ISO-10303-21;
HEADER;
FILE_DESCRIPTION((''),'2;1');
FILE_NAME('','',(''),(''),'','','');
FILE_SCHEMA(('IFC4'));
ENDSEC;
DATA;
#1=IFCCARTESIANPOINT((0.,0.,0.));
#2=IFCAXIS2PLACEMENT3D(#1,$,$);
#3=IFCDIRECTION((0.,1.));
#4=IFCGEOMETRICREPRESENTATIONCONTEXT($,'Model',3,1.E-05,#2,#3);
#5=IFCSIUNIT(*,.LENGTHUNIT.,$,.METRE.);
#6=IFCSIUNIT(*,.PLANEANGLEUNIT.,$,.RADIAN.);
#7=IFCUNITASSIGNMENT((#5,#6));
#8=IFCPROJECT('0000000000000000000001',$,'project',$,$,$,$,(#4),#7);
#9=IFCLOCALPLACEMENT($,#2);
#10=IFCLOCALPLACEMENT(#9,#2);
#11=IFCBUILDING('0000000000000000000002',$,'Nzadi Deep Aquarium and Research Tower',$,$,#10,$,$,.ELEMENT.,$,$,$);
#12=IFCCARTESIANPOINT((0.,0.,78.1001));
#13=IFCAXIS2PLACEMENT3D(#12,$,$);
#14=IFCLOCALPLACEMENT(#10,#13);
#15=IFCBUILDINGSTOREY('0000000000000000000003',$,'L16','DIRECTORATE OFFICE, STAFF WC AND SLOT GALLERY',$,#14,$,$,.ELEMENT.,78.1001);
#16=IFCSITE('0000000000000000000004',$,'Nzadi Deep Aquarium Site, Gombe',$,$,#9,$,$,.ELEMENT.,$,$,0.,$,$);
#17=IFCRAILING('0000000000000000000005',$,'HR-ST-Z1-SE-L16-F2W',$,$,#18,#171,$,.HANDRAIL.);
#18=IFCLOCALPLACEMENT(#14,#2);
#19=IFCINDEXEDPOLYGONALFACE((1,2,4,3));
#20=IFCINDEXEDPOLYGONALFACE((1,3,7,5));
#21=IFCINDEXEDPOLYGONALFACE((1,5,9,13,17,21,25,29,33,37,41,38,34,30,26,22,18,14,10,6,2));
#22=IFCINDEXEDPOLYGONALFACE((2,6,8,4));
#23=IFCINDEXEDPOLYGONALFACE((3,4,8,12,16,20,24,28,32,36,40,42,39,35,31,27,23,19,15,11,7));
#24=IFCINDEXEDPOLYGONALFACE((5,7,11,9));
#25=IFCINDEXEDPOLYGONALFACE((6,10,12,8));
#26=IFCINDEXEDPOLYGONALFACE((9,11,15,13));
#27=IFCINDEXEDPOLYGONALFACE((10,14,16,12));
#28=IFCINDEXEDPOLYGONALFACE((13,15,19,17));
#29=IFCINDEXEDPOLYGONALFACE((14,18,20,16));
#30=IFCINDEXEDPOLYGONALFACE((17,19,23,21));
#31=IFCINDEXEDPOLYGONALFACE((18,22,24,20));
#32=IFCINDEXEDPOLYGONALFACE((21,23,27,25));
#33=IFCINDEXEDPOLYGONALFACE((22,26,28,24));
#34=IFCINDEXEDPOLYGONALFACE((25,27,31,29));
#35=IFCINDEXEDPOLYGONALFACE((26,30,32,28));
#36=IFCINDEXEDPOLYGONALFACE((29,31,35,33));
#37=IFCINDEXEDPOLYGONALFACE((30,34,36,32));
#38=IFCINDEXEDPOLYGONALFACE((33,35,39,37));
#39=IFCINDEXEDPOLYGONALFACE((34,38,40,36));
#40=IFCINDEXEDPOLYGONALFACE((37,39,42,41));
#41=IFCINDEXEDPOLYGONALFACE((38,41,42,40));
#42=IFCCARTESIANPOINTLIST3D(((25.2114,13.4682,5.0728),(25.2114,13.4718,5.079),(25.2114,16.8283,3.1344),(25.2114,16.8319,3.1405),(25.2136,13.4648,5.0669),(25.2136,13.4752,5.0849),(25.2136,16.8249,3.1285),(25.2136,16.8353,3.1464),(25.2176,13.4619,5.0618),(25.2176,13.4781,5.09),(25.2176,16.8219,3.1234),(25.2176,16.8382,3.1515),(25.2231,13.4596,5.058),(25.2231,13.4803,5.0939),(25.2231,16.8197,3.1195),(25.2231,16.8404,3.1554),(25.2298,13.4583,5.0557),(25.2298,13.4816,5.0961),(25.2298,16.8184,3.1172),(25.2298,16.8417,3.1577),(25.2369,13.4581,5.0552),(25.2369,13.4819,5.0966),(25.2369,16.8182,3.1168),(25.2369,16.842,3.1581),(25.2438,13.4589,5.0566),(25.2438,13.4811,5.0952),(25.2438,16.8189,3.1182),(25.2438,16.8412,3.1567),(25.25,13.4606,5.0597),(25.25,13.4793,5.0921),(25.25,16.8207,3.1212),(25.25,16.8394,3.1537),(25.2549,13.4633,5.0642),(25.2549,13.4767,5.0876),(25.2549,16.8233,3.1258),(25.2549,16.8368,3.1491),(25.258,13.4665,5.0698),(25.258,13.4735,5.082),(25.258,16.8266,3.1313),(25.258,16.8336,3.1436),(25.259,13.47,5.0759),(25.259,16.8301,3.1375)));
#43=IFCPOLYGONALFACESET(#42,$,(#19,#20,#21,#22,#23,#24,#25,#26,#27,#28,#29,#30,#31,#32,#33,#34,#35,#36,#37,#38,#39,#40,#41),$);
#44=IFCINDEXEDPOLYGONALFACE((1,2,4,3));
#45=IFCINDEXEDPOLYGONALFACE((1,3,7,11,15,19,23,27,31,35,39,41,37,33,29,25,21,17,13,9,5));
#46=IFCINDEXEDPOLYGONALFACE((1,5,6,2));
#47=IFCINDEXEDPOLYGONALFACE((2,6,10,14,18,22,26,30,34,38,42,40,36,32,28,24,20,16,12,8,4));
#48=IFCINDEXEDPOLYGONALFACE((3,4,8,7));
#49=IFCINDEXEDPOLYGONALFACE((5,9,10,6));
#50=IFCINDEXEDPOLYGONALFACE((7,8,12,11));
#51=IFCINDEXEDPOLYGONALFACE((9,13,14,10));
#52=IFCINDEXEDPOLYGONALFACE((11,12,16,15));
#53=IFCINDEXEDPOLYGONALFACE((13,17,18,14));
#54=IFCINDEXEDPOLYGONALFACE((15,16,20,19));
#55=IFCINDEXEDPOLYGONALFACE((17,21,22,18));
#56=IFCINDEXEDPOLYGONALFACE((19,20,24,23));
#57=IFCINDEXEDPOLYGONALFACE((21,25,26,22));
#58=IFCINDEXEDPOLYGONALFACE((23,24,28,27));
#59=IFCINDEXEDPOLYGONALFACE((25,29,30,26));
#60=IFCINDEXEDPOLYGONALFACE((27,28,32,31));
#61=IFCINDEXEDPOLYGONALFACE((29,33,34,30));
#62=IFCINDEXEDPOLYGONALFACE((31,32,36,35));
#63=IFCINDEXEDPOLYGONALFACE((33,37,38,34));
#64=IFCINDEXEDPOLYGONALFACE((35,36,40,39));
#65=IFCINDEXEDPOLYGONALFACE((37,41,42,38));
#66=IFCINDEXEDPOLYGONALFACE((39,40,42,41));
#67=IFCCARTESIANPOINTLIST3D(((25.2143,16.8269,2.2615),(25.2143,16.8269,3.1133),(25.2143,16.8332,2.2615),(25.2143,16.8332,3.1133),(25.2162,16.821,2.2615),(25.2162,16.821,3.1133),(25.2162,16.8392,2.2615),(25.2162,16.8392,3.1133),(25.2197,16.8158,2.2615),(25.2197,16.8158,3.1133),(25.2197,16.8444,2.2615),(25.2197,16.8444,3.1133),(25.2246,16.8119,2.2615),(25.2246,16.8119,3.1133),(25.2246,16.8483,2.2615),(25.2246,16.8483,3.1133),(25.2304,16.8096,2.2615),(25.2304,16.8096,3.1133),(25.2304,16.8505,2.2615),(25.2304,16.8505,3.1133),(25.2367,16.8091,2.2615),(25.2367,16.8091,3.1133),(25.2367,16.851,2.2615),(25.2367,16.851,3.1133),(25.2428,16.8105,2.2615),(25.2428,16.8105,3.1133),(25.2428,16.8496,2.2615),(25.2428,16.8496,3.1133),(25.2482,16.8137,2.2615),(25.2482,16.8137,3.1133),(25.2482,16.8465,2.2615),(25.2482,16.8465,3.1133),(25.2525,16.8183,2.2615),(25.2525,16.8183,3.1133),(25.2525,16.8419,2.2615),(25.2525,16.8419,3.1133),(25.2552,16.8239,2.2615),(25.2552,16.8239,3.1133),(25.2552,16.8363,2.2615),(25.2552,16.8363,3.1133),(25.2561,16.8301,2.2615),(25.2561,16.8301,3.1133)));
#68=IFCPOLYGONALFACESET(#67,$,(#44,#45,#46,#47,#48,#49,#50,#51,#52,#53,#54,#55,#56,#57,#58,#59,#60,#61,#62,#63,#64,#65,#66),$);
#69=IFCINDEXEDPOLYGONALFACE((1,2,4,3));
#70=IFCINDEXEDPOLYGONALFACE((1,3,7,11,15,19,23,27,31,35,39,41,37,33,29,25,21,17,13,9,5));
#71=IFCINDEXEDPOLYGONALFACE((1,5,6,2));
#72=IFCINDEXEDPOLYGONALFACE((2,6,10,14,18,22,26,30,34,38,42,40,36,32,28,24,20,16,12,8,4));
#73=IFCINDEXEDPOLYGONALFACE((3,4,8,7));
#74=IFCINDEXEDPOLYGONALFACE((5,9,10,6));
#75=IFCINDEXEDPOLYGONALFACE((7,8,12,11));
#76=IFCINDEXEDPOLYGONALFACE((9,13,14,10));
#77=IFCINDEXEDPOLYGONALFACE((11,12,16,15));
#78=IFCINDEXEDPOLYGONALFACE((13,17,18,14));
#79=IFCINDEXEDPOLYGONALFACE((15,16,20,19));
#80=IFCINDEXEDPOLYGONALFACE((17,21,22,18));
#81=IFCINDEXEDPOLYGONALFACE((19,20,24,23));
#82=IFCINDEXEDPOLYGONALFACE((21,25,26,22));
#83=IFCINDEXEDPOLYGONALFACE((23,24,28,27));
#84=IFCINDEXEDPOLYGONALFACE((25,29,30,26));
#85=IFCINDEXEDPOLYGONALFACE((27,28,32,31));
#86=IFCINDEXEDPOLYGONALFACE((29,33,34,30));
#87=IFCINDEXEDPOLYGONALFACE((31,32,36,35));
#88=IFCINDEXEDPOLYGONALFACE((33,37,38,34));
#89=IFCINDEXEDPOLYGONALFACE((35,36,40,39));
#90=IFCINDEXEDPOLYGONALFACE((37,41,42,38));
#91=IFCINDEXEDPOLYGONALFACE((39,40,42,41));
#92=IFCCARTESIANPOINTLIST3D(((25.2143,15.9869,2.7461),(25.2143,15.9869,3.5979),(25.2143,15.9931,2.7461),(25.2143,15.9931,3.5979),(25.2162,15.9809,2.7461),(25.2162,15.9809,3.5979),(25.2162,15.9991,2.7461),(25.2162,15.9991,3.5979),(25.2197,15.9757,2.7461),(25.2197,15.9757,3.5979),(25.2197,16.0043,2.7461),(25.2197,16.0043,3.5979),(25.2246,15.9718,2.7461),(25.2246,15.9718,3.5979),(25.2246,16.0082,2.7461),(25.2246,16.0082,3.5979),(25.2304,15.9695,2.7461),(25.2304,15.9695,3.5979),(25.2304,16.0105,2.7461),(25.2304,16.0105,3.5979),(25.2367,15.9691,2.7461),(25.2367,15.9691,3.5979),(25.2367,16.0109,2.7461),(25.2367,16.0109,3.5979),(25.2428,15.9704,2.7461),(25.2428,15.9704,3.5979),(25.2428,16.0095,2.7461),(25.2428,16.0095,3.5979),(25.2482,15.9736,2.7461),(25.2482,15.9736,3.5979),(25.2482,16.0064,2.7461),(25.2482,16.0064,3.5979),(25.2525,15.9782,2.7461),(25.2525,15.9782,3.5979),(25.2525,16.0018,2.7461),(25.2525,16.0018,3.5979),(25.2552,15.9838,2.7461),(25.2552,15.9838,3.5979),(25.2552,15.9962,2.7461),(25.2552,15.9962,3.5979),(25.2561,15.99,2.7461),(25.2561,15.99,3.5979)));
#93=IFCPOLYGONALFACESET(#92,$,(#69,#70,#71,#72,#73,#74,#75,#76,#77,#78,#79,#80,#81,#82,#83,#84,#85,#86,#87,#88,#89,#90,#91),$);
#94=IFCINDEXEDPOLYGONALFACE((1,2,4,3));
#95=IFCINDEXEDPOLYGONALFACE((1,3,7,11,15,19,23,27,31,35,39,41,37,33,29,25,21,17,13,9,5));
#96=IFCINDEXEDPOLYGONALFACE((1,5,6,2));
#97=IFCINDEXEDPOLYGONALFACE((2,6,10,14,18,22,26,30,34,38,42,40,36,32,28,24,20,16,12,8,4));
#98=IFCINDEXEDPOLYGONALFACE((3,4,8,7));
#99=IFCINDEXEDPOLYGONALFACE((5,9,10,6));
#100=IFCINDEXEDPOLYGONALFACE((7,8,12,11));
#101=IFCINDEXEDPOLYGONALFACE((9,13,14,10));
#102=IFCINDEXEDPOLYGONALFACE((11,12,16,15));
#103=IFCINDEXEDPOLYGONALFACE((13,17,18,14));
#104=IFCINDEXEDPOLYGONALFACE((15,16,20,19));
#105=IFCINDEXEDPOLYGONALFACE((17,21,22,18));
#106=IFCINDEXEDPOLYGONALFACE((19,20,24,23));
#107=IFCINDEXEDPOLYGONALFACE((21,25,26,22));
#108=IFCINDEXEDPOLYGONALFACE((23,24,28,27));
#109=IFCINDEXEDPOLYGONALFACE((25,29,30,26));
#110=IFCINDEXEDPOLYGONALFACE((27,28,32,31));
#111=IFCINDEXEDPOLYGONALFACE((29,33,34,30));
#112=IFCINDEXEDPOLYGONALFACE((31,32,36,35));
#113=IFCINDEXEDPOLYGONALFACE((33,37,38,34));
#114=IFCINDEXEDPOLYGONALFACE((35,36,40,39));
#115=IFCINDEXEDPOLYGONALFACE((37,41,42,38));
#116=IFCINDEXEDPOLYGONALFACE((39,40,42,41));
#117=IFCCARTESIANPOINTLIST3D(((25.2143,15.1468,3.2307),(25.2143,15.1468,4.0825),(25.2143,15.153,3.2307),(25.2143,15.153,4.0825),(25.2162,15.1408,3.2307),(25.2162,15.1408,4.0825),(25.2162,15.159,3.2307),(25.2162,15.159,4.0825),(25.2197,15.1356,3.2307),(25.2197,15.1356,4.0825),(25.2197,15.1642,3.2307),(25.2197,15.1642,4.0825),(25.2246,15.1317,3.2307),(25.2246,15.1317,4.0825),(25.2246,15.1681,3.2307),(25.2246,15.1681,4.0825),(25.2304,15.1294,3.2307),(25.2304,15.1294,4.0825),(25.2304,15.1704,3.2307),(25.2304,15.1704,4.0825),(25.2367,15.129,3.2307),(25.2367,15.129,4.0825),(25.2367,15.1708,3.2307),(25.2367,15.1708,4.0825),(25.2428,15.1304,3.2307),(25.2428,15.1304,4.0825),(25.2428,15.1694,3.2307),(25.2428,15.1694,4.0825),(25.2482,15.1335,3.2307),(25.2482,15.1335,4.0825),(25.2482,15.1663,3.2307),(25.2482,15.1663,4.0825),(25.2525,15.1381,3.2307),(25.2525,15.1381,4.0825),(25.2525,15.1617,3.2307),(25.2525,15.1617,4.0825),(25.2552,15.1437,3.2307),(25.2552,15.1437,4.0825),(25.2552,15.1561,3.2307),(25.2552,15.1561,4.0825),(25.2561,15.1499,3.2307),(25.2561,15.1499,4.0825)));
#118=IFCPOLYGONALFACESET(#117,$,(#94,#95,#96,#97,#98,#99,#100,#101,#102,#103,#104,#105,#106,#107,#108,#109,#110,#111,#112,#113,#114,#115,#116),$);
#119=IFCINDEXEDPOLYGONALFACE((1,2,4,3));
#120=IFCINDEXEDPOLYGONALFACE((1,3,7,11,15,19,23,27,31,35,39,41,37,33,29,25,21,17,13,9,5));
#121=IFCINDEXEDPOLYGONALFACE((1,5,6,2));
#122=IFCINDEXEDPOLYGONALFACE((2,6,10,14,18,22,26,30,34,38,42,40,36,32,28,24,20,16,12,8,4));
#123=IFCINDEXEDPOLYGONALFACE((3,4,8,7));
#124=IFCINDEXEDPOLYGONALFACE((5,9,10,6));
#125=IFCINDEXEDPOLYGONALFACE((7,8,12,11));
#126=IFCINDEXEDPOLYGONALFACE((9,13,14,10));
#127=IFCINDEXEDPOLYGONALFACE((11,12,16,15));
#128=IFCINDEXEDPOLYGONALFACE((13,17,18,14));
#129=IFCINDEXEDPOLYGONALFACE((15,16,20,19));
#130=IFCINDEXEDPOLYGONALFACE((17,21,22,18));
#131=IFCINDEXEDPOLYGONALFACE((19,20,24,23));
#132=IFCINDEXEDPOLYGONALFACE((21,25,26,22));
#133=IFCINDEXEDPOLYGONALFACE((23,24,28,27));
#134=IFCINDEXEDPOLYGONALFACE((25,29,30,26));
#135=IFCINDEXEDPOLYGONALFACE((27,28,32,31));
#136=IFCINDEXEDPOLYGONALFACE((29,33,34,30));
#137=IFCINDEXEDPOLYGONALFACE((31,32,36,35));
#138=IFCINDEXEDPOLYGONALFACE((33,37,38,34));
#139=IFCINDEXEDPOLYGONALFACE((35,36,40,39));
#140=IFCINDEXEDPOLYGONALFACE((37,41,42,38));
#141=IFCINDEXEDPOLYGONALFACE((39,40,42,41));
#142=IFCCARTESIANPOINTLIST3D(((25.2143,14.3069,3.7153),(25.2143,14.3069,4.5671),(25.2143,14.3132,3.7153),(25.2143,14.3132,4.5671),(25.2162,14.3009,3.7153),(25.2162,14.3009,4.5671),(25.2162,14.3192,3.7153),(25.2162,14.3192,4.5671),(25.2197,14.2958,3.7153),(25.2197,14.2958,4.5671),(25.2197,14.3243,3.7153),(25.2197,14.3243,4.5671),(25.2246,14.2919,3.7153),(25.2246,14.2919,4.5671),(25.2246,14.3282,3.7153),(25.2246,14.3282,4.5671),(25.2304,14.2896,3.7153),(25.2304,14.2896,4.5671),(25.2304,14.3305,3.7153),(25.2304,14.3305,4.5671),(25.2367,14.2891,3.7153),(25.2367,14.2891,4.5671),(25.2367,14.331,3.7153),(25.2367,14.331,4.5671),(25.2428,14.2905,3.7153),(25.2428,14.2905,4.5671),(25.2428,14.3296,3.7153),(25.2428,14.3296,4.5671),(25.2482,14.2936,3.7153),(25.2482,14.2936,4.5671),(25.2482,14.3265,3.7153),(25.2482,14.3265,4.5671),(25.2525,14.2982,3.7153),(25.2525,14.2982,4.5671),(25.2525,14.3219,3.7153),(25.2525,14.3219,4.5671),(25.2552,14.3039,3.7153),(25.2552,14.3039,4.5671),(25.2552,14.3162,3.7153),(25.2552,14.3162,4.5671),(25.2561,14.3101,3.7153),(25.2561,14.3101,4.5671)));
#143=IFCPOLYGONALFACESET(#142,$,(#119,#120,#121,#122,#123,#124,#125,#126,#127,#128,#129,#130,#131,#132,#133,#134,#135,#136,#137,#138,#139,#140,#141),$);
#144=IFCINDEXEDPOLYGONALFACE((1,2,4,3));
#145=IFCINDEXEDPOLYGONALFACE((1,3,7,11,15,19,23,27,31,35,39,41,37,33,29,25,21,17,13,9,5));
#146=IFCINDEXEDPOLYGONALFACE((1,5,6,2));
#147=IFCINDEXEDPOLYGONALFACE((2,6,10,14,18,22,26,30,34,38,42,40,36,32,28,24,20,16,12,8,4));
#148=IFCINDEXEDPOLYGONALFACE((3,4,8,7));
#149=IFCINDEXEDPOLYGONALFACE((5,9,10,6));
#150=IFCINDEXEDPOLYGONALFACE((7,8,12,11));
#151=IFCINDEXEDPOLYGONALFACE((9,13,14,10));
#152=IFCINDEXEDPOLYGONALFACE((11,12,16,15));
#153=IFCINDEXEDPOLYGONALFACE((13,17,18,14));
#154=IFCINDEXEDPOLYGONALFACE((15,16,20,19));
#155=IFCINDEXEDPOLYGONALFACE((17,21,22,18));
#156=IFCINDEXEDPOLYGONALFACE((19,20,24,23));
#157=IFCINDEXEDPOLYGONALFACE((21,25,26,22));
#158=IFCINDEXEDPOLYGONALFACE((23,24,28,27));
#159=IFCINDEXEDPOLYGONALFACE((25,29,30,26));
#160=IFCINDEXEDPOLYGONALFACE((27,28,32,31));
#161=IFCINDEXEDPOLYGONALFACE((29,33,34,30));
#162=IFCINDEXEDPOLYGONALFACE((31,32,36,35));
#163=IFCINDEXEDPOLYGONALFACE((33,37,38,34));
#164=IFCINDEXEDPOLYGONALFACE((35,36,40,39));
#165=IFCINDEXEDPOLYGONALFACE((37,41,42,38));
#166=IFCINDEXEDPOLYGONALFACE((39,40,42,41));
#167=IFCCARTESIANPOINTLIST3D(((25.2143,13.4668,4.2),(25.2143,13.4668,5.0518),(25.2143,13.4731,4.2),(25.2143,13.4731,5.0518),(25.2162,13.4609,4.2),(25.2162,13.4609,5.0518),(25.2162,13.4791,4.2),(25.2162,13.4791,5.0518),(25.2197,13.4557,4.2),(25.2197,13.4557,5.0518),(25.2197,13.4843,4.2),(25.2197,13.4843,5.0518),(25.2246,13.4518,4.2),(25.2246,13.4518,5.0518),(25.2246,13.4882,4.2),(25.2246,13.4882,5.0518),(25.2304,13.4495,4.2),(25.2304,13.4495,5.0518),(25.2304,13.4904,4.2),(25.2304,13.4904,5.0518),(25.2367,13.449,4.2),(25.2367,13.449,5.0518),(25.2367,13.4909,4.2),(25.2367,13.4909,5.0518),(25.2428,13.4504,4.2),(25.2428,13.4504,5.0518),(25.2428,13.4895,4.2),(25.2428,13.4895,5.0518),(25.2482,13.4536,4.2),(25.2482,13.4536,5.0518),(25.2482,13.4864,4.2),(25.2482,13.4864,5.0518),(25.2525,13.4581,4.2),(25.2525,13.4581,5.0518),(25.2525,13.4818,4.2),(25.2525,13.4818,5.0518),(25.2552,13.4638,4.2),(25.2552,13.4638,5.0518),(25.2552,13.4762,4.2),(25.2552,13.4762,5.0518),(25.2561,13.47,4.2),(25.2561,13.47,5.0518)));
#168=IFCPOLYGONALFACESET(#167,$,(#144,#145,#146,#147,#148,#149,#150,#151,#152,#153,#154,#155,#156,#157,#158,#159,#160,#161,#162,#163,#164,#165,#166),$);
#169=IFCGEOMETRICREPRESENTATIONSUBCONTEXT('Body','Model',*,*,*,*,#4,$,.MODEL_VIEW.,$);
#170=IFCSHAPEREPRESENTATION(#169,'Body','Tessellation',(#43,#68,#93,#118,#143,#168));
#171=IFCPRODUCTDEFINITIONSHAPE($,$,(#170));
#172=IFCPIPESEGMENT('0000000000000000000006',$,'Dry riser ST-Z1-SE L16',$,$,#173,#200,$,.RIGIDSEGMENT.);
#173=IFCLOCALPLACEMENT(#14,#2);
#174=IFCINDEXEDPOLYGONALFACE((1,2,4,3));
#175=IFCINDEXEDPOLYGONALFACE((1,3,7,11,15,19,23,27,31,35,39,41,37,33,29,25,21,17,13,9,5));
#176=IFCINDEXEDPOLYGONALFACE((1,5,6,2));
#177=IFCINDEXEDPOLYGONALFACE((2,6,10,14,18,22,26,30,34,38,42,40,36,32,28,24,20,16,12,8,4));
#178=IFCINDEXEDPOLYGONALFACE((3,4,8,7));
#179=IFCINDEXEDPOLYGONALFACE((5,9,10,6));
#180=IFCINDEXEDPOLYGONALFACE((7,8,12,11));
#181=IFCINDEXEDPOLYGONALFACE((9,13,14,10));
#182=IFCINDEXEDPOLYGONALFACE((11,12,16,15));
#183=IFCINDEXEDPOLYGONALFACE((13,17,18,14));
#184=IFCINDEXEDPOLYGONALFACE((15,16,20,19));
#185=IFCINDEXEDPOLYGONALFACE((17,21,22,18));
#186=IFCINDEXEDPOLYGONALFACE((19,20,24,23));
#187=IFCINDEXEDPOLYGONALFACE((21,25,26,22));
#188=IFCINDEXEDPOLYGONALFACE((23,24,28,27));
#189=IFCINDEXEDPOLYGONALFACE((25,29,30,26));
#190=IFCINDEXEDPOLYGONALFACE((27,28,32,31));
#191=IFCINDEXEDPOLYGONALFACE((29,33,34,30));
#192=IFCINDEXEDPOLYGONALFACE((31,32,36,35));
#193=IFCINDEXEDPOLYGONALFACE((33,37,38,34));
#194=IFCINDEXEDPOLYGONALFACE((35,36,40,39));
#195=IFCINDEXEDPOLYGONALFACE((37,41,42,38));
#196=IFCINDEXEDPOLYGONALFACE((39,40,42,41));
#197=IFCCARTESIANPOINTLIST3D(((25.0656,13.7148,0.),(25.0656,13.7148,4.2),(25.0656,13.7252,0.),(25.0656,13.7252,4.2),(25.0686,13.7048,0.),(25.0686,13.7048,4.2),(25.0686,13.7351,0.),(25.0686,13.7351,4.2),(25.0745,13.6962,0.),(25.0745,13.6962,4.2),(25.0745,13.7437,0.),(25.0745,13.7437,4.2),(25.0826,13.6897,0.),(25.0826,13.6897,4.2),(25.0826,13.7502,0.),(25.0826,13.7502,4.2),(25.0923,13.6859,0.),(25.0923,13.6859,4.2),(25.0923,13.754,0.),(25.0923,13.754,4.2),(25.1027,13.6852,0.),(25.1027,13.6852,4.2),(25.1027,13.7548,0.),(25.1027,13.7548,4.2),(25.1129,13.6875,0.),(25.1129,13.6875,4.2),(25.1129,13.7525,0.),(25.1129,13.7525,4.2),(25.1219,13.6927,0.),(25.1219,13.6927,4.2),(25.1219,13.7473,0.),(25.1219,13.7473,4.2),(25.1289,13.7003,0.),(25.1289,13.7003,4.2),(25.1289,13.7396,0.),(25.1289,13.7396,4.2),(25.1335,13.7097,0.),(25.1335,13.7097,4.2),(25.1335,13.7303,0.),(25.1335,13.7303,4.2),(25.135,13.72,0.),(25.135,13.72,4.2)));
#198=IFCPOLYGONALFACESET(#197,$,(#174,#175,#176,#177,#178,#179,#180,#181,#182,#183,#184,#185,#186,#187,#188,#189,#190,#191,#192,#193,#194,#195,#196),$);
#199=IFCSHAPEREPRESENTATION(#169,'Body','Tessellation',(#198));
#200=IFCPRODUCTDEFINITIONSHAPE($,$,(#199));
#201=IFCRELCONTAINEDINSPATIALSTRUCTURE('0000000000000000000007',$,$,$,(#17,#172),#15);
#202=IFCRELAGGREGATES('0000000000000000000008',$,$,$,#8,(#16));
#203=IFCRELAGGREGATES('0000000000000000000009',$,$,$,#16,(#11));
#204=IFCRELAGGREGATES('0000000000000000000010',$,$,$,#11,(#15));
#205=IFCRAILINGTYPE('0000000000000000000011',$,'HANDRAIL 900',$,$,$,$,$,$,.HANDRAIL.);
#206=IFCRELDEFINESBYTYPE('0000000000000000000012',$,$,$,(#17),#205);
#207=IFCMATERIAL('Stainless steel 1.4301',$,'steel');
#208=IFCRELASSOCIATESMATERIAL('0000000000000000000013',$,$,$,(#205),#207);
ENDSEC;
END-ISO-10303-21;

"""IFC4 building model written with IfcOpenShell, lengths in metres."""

from ifc_helpers import new_model, si_unit, direction, frame, origin, origin_2d, place, context, subcontext, project, spatial, circle, extrude, material, type_object, element, save


model = new_model("IFC4")

# Units and contexts
model_context = context("Model", 3, precision=1e-05, world=origin(), true_north=direction((0.0, 1.0)))
body_context = subcontext(model_context, "Body", "Model", "MODEL_VIEW")
ifc_project = project(units=[si_unit("LENGTHUNIT", "METRE"), si_unit("PLANEANGLEUNIT", "RADIAN")], contexts=[model_context])

# Site, building, storey
site_placement = place(None, origin())
site = spatial("IfcSite", under=ifc_project, at=site_placement, Name="Nzadi Deep Aquarium Site, Gombe", CompositionType="ELEMENT", RefElevation=0.0)
building_placement = place(site_placement, origin())
building = spatial("IfcBuilding", under=site, at=building_placement, Name="Nzadi Deep Aquarium and Research Tower", CompositionType="ELEMENT")
storey_placement = place(building_placement, frame((0.0, 0.0, 78.1001)))
storey = spatial("IfcBuildingStorey", under=building, at=storey_placement, Name="L16", Description="DIRECTORATE OFFICE, STAFF WC AND SLOT GALLERY", CompositionType="ELEMENT", Elevation=78.1001)

# Railing
ifc_material_1 = material(Name="Stainless steel 1.4301", Category="steel")
railing_type_1 = type_object("IfcRailingType", Name="HANDRAIL 900", PredefinedType="HANDRAIL", material=ifc_material_1)
railing_1_placement = place(storey_placement, frame((25.2351, 16.8301, 2.2615)))
element("IfcRailing", 1, at=railing_1_placement, inside=storey, type_object=railing_type_1, Name="HR-ST-Z1-SE-L16-F2W", PredefinedType="HANDRAIL", context=body_context, shape_type="SweptSolid", body=[
    extrude(circle(Radius=0.0239, at=origin_2d()), frame((0.0, 0.0, 0.876), z_axis=(0.0, -0.866191, 0.499713), x_axis=(1.0, 0.0, 0.0)), (0.0, 0.0, 1.0), 3.8792),
    extrude(circle(Radius=0.021, at=origin_2d()), origin(), (0.0, 0.0, 1.0), 0.8518),
    extrude(circle(Radius=0.021, at=origin_2d()), frame((0.0, -0.8401, 0.4846)), (0.0, 0.0, 1.0), 0.8518),
    extrude(circle(Radius=0.021, at=origin_2d()), frame((0.0, -1.6802, 0.9692)), (0.0, 0.0, 1.0), 0.8518),
    extrude(circle(Radius=0.021, at=origin_2d()), frame((0.0, -2.52, 1.4539)), (0.0, 0.0, 1.0), 0.8518),
    extrude(circle(Radius=0.021, at=origin_2d()), frame((0.0, -3.3601, 1.9385)), (0.0, 0.0, 1.0), 0.8518),
])

# Pipe segment
pipe_segment_placement = place(storey_placement, frame((25.1001, 13.72, 0.0), z_axis=(0.0, 0.0, 1.0), x_axis=(1.0, 0.0, 0.0)))
element("IfcPipeSegment", 2, at=pipe_segment_placement, inside=storey, Name="Dry riser ST-Z1-SE L16", PredefinedType="RIGIDSEGMENT", context=body_context, shape_type="SweptSolid", body=[
    extrude(circle(Radius=0.0349, at=origin_2d()), origin(), (0.0, 0.0, 1.0), 4.2),
])

save(model, "model.ifc")
